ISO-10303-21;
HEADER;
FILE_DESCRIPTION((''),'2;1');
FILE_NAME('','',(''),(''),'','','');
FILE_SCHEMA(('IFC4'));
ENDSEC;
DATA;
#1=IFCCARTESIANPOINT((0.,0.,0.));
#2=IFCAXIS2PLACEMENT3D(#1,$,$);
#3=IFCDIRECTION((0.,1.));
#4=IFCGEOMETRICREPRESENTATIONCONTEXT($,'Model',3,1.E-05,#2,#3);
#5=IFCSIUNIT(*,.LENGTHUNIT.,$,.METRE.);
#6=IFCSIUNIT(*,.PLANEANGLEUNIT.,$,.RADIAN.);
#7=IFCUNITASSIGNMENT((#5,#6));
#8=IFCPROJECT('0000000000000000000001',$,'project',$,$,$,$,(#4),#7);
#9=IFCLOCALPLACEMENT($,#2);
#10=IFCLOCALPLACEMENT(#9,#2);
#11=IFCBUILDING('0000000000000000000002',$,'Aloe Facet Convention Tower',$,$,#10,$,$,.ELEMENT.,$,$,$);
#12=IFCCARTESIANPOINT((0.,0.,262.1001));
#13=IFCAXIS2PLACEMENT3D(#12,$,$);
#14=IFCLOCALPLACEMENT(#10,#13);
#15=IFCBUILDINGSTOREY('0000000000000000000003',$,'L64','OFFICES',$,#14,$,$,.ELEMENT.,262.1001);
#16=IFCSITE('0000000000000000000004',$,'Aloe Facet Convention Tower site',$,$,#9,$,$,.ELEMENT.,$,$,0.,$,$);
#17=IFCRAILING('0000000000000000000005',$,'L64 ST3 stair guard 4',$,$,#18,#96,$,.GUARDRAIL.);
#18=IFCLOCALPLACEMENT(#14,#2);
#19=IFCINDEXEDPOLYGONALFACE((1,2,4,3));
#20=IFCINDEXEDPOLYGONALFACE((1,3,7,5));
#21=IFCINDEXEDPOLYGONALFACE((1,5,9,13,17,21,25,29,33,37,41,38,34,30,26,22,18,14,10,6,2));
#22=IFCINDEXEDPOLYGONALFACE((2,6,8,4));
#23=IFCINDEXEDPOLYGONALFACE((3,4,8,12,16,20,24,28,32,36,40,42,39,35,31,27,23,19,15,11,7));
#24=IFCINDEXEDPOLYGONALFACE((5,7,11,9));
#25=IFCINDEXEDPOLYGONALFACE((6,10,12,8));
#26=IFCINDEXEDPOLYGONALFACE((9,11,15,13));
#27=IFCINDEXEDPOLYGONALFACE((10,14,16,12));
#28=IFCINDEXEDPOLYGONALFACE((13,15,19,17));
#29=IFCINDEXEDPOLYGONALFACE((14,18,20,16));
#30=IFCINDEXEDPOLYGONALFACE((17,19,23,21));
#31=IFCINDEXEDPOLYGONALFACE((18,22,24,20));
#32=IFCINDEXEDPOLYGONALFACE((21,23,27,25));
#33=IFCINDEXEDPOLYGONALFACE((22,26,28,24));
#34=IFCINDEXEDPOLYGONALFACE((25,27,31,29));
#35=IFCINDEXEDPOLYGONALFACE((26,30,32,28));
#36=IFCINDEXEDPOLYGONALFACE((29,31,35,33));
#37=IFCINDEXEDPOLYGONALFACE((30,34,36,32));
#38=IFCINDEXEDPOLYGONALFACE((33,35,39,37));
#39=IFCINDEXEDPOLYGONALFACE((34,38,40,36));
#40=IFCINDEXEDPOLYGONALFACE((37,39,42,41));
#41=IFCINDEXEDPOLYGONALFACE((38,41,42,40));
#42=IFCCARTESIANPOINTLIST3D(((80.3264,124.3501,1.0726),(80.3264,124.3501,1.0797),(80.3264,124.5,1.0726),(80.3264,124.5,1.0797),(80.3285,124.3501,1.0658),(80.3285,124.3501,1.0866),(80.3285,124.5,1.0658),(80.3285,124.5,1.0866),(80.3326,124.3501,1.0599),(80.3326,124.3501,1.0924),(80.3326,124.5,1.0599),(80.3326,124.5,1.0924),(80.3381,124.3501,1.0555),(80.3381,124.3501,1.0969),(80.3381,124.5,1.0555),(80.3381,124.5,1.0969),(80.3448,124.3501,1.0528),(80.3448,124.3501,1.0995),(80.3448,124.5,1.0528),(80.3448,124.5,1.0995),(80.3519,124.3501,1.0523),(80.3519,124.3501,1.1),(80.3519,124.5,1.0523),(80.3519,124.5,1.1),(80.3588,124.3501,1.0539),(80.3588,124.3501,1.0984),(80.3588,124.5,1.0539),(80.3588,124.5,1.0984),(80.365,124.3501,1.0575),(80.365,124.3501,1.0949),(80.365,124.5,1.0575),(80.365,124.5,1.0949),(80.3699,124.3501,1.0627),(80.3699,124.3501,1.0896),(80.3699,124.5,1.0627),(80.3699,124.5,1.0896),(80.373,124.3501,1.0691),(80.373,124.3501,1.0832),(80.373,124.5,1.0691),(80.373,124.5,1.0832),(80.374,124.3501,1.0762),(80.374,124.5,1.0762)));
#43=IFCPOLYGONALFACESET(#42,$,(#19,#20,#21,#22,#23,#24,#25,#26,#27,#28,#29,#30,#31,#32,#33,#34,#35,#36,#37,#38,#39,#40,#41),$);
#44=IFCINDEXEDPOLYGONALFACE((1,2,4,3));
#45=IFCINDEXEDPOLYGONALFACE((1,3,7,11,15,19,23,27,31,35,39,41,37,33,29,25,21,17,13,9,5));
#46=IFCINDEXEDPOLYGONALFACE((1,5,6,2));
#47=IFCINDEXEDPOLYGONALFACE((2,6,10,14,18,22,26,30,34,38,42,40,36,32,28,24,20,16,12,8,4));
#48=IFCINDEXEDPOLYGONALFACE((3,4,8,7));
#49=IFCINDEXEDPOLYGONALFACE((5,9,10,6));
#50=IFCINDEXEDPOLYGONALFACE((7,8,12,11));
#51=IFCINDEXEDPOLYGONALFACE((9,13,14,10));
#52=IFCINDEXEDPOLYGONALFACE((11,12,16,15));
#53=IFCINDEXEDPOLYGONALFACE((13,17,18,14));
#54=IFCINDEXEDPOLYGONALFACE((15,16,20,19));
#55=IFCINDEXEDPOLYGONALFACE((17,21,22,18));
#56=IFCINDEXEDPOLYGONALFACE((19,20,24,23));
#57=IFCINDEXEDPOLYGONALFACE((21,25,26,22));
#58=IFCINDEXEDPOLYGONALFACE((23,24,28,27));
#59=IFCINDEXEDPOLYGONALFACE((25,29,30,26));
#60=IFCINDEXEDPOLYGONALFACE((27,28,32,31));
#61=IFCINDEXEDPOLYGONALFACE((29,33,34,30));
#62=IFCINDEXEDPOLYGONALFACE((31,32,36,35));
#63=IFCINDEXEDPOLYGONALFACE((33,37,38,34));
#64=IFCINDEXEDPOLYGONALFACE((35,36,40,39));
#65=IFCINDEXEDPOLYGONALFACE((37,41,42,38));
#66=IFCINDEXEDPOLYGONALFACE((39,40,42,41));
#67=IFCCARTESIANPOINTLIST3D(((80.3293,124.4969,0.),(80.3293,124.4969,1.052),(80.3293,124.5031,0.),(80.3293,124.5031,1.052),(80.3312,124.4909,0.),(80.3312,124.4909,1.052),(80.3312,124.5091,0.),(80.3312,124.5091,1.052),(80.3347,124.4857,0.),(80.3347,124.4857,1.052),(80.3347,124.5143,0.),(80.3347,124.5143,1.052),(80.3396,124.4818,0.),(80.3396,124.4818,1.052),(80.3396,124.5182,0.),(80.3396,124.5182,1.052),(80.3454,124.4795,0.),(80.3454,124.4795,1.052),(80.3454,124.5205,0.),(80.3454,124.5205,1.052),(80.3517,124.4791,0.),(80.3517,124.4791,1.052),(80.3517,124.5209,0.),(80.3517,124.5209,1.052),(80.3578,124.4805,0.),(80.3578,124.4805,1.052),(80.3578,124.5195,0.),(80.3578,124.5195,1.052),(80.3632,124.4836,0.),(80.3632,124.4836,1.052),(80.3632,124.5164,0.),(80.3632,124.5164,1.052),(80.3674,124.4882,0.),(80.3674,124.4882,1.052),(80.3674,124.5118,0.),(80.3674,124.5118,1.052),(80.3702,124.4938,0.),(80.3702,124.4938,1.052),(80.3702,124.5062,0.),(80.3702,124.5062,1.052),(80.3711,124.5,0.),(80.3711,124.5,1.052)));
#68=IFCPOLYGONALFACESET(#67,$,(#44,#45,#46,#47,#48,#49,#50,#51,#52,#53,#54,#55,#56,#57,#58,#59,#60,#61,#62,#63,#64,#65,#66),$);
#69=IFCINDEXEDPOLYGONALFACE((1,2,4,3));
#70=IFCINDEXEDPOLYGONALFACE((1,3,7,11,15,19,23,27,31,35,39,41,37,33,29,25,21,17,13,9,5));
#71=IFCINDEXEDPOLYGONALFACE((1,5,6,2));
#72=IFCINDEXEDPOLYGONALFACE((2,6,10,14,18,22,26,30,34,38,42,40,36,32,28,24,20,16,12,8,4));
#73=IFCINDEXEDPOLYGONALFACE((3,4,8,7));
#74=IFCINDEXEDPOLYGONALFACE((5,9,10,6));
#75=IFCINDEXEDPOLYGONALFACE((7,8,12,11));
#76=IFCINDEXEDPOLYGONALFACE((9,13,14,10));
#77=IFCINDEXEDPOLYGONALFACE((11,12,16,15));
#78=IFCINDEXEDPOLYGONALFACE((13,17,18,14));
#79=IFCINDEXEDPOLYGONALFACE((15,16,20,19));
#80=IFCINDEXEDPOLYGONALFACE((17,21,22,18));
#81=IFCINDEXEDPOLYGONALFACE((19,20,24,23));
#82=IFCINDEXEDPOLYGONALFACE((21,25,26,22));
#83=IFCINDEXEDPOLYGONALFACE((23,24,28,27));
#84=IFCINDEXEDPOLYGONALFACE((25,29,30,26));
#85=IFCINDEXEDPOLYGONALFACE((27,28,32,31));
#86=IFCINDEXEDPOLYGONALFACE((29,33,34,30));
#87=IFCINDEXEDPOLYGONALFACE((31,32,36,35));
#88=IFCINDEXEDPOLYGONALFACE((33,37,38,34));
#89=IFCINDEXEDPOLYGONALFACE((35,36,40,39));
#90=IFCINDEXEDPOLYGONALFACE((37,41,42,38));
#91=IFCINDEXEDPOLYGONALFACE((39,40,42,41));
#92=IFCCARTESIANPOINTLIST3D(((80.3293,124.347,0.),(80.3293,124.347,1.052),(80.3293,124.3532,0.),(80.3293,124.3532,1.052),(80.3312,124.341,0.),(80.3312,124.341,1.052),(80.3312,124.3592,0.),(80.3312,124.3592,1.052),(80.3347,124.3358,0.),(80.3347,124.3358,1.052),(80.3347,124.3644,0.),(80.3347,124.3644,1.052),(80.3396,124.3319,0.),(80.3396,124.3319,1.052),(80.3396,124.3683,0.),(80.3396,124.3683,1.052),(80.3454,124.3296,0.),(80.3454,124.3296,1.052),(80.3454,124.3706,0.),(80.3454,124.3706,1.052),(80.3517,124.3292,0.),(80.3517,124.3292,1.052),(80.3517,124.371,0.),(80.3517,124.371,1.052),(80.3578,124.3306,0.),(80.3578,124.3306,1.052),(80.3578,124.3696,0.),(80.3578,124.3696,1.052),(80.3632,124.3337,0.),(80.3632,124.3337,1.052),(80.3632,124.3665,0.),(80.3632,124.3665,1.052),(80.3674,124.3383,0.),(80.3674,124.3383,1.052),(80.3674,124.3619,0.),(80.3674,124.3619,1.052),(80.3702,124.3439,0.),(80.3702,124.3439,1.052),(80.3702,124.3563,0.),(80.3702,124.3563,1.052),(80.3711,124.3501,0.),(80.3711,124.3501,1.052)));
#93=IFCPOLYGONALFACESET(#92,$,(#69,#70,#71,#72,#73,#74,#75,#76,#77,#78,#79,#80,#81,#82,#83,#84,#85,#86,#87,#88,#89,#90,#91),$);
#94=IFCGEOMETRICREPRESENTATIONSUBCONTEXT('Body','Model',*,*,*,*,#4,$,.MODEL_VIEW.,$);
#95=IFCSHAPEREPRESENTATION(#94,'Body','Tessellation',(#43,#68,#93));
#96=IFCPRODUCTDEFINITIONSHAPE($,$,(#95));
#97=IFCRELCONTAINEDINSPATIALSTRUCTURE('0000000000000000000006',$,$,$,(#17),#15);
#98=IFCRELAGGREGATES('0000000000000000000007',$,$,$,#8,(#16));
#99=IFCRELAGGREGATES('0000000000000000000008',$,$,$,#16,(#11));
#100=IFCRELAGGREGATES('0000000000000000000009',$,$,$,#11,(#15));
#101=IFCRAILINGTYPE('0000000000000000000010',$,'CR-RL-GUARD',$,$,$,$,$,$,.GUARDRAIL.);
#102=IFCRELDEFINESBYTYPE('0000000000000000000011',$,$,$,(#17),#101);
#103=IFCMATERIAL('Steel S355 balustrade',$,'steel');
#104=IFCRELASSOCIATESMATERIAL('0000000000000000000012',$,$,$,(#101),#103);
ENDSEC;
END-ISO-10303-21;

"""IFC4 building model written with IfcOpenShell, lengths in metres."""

from ifc_helpers import new_model, si_unit, direction, frame, origin, origin_2d, place, context, subcontext, project, spatial, circle, extrude, material, type_object, element, save


model = new_model("IFC4")

# Units and contexts
model_context = context("Model", 3, precision=1e-05, world=origin(), true_north=direction((0.0, 1.0)))
body_context = subcontext(model_context, "Body", "Model", "MODEL_VIEW")
ifc_project = project(units=[si_unit("LENGTHUNIT", "METRE"), si_unit("PLANEANGLEUNIT", "RADIAN")], contexts=[model_context])

# Site, building, storey
site_placement = place(None, origin())
site = spatial("IfcSite", under=ifc_project, at=site_placement, Name="Aloe Facet Convention Tower site", CompositionType="ELEMENT", RefElevation=0.0)
building_placement = place(site_placement, origin())
building = spatial("IfcBuilding", under=site, at=building_placement, Name="Aloe Facet Convention Tower", CompositionType="ELEMENT")
storey_placement = place(building_placement, frame((0.0, 0.0, 262.1001)))
storey = spatial("IfcBuildingStorey", under=building, at=storey_placement, Name="L64", Description="OFFICES", CompositionType="ELEMENT", Elevation=262.1001)

# Railing
ifc_material_1 = material(Name="Steel S355 balustrade", Category="steel")
railing_type_1 = type_object("IfcRailingType", Name="CR-RL-GUARD", PredefinedType="GUARDRAIL", material=ifc_material_1)
railing_1_placement = place(storey_placement, frame((80.3501, 124.5, 0.0)))
element("IfcRailing", 1, at=railing_1_placement, inside=storey, type_object=railing_type_1, Name="L64 ST3 stair guard 4", PredefinedType="GUARDRAIL", context=body_context, shape_type="SweptSolid", body=[
    extrude(circle(Radius=0.0239, at=origin_2d()), frame((0.0, 0.0, 1.0762), z_axis=(0.0, -1.0, 0.0), x_axis=(1.0, 0.0, 0.0)), (0.0, 0.0, 1.0), 0.1499),
    extrude(circle(Radius=0.021, at=origin_2d()), origin(), (0.0, 0.0, 1.0), 1.052),
    extrude(circle(Radius=0.021, at=origin_2d()), frame((0.0, -0.1499, 0.0)), (0.0, 0.0, 1.0), 1.052),
])

save(model, "model.ifc")
